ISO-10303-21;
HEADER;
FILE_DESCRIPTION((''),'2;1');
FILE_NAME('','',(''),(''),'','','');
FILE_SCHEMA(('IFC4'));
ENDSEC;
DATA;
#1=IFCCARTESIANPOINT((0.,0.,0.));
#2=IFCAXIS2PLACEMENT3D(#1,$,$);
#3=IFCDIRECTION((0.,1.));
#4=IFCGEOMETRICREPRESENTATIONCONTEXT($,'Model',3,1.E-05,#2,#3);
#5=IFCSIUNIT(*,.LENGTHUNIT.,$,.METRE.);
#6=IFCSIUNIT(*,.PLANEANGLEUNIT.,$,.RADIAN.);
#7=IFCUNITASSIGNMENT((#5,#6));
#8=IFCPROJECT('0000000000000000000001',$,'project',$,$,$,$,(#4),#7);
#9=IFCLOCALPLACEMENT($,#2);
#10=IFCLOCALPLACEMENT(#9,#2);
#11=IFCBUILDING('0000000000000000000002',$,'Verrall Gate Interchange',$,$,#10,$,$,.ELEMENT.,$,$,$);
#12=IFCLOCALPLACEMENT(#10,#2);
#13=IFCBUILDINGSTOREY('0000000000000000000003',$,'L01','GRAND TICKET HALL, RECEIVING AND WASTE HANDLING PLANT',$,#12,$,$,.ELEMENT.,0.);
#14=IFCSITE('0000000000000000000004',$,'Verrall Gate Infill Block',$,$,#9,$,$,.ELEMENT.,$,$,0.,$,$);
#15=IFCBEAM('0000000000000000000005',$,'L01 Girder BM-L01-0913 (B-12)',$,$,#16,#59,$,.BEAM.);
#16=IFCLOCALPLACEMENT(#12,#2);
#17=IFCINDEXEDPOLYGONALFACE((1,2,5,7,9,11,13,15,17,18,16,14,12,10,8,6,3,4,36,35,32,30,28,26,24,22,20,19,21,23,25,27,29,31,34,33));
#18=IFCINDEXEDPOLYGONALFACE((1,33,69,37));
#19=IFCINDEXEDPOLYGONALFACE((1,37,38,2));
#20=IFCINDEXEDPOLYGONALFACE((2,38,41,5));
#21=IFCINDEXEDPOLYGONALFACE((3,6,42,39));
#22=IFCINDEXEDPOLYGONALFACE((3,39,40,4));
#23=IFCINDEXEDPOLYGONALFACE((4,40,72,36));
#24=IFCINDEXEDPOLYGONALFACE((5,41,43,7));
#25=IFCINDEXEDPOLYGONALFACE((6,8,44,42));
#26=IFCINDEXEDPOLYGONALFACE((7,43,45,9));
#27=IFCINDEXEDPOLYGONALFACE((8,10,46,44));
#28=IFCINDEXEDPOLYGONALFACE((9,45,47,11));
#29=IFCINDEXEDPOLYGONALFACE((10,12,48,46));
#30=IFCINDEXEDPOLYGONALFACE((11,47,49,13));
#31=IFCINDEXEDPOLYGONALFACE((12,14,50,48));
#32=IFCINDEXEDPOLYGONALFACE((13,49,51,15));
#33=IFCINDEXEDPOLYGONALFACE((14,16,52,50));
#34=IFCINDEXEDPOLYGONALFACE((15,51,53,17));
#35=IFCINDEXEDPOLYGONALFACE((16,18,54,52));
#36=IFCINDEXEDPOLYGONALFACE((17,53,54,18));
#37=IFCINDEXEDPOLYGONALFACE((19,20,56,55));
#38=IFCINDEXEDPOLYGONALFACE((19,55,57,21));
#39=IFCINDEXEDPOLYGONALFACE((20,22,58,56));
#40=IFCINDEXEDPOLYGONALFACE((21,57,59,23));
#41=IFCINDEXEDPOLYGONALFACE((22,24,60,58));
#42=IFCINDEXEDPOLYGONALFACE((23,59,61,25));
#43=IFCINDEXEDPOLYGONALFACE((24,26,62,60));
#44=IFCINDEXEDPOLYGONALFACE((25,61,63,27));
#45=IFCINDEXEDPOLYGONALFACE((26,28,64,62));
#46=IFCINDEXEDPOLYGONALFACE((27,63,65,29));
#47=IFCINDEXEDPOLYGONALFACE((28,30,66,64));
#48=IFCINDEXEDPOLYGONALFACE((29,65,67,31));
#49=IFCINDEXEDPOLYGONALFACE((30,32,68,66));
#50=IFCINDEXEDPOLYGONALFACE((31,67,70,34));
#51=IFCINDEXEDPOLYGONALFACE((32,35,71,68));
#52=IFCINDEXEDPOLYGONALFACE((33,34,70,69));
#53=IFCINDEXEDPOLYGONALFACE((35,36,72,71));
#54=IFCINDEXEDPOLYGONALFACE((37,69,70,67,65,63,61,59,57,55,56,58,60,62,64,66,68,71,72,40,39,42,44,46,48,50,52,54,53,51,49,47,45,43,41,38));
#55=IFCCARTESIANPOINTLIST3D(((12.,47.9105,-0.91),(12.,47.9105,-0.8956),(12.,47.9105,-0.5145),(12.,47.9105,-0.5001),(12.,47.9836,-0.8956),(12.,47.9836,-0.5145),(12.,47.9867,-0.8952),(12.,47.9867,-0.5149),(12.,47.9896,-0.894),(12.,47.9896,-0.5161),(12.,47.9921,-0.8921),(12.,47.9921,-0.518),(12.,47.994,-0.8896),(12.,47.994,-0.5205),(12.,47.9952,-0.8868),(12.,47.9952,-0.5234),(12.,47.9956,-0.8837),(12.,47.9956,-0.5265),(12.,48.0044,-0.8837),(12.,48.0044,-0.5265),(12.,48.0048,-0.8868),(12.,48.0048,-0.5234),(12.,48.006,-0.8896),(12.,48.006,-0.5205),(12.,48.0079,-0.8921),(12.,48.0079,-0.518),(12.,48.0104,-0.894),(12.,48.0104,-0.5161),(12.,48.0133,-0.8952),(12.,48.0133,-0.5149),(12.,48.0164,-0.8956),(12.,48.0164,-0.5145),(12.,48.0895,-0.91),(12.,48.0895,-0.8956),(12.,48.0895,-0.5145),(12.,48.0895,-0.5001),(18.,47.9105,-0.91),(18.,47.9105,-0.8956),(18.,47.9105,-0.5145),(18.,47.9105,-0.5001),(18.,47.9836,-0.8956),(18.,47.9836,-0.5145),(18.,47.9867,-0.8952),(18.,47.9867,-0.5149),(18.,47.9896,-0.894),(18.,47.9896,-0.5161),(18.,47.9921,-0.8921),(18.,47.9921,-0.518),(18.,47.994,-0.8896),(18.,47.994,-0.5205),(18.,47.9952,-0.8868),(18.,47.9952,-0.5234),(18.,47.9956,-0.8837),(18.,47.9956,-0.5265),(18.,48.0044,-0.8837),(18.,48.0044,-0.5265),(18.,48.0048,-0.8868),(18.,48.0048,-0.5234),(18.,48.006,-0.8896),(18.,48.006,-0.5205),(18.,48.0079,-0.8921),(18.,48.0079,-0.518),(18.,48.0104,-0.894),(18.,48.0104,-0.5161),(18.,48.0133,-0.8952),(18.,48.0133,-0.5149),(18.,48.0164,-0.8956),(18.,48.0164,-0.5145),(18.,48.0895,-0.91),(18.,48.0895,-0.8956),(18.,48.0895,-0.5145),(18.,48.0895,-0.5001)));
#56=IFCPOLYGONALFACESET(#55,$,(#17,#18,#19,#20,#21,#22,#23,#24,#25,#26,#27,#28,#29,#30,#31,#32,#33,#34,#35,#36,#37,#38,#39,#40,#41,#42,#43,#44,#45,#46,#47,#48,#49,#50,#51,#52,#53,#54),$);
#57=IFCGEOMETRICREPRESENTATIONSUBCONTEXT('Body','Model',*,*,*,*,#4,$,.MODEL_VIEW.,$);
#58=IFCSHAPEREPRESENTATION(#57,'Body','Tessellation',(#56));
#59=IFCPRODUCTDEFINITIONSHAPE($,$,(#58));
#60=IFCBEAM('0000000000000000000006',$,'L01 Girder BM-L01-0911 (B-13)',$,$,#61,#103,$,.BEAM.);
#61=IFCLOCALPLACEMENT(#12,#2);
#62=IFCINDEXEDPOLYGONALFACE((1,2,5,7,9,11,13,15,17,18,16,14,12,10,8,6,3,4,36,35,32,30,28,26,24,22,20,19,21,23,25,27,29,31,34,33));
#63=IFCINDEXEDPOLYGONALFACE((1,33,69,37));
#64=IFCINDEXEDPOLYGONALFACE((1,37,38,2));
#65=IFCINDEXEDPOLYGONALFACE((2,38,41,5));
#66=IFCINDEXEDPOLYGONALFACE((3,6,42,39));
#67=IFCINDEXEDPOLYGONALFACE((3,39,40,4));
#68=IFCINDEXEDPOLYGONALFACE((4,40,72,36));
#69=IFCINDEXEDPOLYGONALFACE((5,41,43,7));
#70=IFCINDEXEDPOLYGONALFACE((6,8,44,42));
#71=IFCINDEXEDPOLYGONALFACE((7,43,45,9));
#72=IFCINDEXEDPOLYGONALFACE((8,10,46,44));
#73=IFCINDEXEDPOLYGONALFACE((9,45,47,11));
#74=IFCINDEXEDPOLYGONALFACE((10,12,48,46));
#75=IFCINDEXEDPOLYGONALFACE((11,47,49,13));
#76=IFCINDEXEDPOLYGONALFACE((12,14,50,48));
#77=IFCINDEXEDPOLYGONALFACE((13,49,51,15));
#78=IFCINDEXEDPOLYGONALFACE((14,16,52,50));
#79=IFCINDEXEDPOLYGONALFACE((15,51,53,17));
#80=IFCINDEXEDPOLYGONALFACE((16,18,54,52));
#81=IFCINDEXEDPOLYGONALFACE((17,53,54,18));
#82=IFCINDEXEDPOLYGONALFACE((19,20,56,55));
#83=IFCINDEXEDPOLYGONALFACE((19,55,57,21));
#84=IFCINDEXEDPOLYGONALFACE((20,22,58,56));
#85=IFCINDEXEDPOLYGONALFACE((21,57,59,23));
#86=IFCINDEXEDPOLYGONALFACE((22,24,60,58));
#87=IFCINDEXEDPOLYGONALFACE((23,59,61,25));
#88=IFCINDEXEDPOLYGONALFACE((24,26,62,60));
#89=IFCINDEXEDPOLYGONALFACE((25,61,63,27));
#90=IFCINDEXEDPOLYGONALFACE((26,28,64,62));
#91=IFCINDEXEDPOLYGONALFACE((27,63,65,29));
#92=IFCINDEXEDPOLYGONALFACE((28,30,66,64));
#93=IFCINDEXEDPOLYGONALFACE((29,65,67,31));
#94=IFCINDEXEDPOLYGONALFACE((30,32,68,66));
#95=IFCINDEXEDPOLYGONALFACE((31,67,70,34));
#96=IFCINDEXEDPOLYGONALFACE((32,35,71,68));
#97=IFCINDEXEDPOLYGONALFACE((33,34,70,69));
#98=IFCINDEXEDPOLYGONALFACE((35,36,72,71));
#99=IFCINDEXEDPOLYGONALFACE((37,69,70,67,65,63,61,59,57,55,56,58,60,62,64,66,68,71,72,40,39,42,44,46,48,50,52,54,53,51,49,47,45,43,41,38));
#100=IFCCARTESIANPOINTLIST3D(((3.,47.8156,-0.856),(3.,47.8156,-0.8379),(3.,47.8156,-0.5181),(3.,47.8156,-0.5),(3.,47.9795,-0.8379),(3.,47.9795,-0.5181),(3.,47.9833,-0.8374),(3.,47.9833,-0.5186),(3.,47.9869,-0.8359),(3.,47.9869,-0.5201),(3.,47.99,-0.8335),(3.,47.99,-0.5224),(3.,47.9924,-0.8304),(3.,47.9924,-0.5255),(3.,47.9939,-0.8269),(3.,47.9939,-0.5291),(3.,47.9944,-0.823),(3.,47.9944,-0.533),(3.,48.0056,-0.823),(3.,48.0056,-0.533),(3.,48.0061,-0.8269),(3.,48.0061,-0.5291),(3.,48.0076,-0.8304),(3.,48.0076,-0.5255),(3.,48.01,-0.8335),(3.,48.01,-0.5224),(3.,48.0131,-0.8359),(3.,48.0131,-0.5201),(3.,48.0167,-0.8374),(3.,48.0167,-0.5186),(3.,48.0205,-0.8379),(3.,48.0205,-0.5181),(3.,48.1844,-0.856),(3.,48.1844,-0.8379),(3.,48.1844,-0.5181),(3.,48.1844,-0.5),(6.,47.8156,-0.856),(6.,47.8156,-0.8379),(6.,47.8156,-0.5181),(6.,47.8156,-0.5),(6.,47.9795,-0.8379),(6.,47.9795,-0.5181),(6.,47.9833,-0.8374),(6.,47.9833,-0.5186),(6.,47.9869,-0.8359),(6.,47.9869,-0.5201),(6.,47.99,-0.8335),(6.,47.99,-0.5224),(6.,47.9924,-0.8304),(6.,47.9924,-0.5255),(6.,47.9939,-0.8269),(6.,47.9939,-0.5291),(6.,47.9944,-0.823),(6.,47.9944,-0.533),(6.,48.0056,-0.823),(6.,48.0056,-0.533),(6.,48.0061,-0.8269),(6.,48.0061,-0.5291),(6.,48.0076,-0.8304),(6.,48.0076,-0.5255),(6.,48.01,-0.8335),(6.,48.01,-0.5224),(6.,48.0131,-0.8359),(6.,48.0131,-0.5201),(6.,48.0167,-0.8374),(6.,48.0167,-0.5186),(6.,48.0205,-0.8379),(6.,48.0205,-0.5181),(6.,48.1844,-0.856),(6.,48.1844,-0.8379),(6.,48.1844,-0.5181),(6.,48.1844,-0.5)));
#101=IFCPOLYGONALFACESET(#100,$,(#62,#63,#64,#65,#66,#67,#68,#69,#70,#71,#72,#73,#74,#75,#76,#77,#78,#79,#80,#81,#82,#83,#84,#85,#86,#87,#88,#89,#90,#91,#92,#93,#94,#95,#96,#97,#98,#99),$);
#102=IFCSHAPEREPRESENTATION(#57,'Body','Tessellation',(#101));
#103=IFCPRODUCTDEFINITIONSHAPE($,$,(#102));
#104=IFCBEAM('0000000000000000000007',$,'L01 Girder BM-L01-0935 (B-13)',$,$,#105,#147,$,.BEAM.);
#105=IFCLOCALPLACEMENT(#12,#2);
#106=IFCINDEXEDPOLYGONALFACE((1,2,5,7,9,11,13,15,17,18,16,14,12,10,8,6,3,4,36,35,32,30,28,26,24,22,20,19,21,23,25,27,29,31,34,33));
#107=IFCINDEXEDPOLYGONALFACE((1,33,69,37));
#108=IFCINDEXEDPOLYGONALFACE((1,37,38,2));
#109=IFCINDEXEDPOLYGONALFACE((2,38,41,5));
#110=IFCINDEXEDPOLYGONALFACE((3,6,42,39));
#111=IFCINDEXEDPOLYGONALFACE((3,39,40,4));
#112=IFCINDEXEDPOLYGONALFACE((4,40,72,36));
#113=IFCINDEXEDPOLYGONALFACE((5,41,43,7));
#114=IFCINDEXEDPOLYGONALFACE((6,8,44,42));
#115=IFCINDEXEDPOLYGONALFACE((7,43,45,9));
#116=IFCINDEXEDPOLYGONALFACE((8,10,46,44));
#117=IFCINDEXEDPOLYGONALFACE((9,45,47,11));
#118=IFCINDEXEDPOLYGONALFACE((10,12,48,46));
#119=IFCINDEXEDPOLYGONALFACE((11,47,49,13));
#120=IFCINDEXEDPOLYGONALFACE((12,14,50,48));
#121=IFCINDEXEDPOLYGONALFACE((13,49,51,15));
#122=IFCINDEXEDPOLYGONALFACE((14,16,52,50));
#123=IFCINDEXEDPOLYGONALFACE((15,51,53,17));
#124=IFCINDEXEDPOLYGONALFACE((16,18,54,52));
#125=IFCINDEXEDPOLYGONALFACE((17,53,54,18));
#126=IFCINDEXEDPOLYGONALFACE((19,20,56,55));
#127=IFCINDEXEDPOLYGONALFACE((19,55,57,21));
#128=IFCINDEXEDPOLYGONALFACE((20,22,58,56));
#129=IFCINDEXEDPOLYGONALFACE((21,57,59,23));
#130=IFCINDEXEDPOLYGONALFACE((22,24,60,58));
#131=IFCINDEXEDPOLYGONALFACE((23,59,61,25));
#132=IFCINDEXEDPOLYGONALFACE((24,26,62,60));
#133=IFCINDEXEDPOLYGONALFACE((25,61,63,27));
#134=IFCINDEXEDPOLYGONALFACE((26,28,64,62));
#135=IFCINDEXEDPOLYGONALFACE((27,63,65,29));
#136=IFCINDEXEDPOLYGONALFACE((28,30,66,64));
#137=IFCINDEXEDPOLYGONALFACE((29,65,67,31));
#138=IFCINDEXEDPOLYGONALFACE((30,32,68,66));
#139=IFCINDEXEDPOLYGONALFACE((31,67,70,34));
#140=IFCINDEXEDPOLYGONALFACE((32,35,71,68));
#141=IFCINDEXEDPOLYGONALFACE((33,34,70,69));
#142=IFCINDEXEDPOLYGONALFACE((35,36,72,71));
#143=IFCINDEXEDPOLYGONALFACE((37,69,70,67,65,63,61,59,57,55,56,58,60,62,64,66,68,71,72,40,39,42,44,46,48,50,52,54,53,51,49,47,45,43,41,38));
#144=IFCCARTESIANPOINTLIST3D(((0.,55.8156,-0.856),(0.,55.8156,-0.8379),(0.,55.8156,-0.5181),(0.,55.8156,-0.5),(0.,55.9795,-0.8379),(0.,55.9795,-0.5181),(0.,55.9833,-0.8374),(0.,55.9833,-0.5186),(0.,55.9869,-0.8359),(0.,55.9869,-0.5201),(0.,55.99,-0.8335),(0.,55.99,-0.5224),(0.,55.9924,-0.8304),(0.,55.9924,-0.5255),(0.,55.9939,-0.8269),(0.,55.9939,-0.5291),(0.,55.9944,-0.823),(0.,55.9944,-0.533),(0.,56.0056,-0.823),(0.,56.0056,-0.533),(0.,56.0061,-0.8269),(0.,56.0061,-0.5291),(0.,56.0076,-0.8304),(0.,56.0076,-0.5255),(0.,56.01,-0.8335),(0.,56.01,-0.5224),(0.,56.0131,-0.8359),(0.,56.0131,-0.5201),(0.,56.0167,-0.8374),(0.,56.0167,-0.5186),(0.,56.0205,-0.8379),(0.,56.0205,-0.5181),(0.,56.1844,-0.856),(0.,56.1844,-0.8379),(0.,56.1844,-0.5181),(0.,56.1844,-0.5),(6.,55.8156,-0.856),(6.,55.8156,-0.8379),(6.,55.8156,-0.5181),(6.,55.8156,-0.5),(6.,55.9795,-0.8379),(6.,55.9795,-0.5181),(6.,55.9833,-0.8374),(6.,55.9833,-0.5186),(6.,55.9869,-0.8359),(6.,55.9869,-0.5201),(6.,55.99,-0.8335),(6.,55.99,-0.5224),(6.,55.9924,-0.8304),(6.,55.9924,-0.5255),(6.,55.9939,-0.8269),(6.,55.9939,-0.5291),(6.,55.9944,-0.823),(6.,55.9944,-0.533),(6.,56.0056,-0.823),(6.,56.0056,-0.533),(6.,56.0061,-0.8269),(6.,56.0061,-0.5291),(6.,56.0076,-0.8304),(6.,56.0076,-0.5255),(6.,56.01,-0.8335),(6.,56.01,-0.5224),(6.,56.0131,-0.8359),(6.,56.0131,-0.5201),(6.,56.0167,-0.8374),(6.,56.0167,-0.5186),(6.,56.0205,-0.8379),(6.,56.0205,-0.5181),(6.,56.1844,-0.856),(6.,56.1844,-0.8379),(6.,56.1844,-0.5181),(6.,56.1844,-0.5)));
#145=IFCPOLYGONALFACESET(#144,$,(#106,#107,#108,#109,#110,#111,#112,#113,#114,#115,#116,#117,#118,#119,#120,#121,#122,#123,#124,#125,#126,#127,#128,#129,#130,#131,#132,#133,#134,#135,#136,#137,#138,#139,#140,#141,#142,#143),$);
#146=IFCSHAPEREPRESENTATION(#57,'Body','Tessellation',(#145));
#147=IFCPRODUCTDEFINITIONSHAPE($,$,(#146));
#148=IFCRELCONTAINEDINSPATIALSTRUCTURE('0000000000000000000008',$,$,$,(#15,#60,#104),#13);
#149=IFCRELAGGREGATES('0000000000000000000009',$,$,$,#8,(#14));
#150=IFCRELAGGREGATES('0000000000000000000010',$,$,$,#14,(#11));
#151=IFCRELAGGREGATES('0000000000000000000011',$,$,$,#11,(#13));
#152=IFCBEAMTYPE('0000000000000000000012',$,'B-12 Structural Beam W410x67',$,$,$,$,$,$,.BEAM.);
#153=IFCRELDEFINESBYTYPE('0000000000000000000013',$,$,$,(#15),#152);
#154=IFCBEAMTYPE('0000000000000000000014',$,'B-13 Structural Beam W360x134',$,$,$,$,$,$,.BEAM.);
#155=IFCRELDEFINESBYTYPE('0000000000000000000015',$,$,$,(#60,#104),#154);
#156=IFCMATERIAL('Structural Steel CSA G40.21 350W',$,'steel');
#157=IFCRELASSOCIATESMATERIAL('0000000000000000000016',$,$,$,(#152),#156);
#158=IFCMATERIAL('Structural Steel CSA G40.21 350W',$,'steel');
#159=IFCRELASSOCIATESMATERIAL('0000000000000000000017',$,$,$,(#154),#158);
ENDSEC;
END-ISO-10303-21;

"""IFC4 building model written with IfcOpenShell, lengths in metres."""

from ifc_helpers import new_model, si_unit, direction, frame, origin, origin_2d, place, context, subcontext, project, spatial, i_section, extrude, material, material_profile, profile_set, type_object, element, save


model = new_model("IFC4")

# Units and contexts
model_context = context("Model", 3, precision=1e-05, world=origin(), true_north=direction((0.0, 1.0)))
body_context = subcontext(model_context, "Body", "Model", "MODEL_VIEW")
ifc_project = project(units=[si_unit("LENGTHUNIT", "METRE"), si_unit("PLANEANGLEUNIT", "RADIAN")], contexts=[model_context])

# Site, building, storey
site_placement = place(None, origin())
site = spatial("IfcSite", under=ifc_project, at=site_placement, Name="Verrall Gate Infill Block", CompositionType="ELEMENT", RefElevation=0.0)
building_placement = place(site_placement, origin())
building = spatial("IfcBuilding", under=site, at=building_placement, Name="Verrall Gate Interchange", CompositionType="ELEMENT")
storey_placement = place(building_placement, origin())
storey = spatial("IfcBuildingStorey", under=building, at=storey_placement, Name="L01", Description="GRAND TICKET HALL, RECEIVING AND WASTE HANDLING PLANT", CompositionType="ELEMENT", Elevation=0.0)

# Beams
ifc_material_1 = material(Name="Structural Steel CSA G40.21 350W", Category="steel")
ifc_material_profile_1 = material_profile(ifc_material_1, i_section(OverallWidth=0.179, OverallDepth=0.4099, WebThickness=0.0088, FlangeThickness=0.0144, FilletRadius=0.012, at=origin_2d()), Name="W410x67")
ifc_profile_set_1 = profile_set([ifc_material_profile_1], Name="Structural Steel CSA G40.21 350W")
beam_type_1 = type_object("IfcBeamType", Name="B-12 Structural Beam W410x67", PredefinedType="BEAM", material=ifc_profile_set_1)
beam_1_placement = place(storey_placement, frame((12.0, 48.0, -0.7051), z_axis=(1.0, 0.0, 0.0), x_axis=(0.0, 1.0, 0.0)))
element("IfcBeam", 1, at=beam_1_placement, inside=storey, type_object=beam_type_1, Name="L01 Girder BM-L01-0913 (B-12)", PredefinedType="BEAM", context=body_context, shape_type="SweptSolid", body=[
    extrude(i_section(OverallWidth=0.179, OverallDepth=0.4099, WebThickness=0.0088, FlangeThickness=0.0144, FilletRadius=0.012, at=origin_2d()), origin(), (0.0, 0.0, 1.0), 6.0),
])
ifc_material_2 = material(Name="Structural Steel CSA G40.21 350W", Category="steel")
ifc_material_profile_2 = material_profile(ifc_material_2, i_section(OverallWidth=0.3689, OverallDepth=0.356, WebThickness=0.0112, FlangeThickness=0.0181, FilletRadius=0.0149, at=origin_2d()), Name="W360x134")
ifc_profile_set_2 = profile_set([ifc_material_profile_2], Name="Structural Steel CSA G40.21 350W")
beam_type_2 = type_object("IfcBeamType", Name="B-13 Structural Beam W360x134", PredefinedType="BEAM", material=ifc_profile_set_2)
beam_2_placement = place(storey_placement, frame((3.0, 48.0, -0.678), z_axis=(1.0, 0.0, 0.0), x_axis=(0.0, 1.0, 0.0)))
element("IfcBeam", 2, at=beam_2_placement, inside=storey, type_object=beam_type_2, Name="L01 Girder BM-L01-0911 (B-13)", PredefinedType="BEAM", context=body_context, shape_type="SweptSolid", body=[
    extrude(i_section(OverallWidth=0.3689, OverallDepth=0.356, WebThickness=0.0112, FlangeThickness=0.0181, FilletRadius=0.0149, at=origin_2d()), origin(), (0.0, 0.0, 1.0), 3.0),
])
beam_3_placement = place(storey_placement, frame((0.0, 56.0, -0.678), z_axis=(1.0, 0.0, 0.0), x_axis=(0.0, 1.0, 0.0)))
element("IfcBeam", 3, at=beam_3_placement, inside=storey, type_object=beam_type_2, Name="L01 Girder BM-L01-0935 (B-13)", PredefinedType="BEAM", context=body_context, shape_type="SweptSolid", body=[
    extrude(i_section(OverallWidth=0.3689, OverallDepth=0.356, WebThickness=0.0112, FlangeThickness=0.0181, FilletRadius=0.0149, at=origin_2d()), origin(), (0.0, 0.0, 1.0), 6.0),
])

save(model, "model.ifc")
